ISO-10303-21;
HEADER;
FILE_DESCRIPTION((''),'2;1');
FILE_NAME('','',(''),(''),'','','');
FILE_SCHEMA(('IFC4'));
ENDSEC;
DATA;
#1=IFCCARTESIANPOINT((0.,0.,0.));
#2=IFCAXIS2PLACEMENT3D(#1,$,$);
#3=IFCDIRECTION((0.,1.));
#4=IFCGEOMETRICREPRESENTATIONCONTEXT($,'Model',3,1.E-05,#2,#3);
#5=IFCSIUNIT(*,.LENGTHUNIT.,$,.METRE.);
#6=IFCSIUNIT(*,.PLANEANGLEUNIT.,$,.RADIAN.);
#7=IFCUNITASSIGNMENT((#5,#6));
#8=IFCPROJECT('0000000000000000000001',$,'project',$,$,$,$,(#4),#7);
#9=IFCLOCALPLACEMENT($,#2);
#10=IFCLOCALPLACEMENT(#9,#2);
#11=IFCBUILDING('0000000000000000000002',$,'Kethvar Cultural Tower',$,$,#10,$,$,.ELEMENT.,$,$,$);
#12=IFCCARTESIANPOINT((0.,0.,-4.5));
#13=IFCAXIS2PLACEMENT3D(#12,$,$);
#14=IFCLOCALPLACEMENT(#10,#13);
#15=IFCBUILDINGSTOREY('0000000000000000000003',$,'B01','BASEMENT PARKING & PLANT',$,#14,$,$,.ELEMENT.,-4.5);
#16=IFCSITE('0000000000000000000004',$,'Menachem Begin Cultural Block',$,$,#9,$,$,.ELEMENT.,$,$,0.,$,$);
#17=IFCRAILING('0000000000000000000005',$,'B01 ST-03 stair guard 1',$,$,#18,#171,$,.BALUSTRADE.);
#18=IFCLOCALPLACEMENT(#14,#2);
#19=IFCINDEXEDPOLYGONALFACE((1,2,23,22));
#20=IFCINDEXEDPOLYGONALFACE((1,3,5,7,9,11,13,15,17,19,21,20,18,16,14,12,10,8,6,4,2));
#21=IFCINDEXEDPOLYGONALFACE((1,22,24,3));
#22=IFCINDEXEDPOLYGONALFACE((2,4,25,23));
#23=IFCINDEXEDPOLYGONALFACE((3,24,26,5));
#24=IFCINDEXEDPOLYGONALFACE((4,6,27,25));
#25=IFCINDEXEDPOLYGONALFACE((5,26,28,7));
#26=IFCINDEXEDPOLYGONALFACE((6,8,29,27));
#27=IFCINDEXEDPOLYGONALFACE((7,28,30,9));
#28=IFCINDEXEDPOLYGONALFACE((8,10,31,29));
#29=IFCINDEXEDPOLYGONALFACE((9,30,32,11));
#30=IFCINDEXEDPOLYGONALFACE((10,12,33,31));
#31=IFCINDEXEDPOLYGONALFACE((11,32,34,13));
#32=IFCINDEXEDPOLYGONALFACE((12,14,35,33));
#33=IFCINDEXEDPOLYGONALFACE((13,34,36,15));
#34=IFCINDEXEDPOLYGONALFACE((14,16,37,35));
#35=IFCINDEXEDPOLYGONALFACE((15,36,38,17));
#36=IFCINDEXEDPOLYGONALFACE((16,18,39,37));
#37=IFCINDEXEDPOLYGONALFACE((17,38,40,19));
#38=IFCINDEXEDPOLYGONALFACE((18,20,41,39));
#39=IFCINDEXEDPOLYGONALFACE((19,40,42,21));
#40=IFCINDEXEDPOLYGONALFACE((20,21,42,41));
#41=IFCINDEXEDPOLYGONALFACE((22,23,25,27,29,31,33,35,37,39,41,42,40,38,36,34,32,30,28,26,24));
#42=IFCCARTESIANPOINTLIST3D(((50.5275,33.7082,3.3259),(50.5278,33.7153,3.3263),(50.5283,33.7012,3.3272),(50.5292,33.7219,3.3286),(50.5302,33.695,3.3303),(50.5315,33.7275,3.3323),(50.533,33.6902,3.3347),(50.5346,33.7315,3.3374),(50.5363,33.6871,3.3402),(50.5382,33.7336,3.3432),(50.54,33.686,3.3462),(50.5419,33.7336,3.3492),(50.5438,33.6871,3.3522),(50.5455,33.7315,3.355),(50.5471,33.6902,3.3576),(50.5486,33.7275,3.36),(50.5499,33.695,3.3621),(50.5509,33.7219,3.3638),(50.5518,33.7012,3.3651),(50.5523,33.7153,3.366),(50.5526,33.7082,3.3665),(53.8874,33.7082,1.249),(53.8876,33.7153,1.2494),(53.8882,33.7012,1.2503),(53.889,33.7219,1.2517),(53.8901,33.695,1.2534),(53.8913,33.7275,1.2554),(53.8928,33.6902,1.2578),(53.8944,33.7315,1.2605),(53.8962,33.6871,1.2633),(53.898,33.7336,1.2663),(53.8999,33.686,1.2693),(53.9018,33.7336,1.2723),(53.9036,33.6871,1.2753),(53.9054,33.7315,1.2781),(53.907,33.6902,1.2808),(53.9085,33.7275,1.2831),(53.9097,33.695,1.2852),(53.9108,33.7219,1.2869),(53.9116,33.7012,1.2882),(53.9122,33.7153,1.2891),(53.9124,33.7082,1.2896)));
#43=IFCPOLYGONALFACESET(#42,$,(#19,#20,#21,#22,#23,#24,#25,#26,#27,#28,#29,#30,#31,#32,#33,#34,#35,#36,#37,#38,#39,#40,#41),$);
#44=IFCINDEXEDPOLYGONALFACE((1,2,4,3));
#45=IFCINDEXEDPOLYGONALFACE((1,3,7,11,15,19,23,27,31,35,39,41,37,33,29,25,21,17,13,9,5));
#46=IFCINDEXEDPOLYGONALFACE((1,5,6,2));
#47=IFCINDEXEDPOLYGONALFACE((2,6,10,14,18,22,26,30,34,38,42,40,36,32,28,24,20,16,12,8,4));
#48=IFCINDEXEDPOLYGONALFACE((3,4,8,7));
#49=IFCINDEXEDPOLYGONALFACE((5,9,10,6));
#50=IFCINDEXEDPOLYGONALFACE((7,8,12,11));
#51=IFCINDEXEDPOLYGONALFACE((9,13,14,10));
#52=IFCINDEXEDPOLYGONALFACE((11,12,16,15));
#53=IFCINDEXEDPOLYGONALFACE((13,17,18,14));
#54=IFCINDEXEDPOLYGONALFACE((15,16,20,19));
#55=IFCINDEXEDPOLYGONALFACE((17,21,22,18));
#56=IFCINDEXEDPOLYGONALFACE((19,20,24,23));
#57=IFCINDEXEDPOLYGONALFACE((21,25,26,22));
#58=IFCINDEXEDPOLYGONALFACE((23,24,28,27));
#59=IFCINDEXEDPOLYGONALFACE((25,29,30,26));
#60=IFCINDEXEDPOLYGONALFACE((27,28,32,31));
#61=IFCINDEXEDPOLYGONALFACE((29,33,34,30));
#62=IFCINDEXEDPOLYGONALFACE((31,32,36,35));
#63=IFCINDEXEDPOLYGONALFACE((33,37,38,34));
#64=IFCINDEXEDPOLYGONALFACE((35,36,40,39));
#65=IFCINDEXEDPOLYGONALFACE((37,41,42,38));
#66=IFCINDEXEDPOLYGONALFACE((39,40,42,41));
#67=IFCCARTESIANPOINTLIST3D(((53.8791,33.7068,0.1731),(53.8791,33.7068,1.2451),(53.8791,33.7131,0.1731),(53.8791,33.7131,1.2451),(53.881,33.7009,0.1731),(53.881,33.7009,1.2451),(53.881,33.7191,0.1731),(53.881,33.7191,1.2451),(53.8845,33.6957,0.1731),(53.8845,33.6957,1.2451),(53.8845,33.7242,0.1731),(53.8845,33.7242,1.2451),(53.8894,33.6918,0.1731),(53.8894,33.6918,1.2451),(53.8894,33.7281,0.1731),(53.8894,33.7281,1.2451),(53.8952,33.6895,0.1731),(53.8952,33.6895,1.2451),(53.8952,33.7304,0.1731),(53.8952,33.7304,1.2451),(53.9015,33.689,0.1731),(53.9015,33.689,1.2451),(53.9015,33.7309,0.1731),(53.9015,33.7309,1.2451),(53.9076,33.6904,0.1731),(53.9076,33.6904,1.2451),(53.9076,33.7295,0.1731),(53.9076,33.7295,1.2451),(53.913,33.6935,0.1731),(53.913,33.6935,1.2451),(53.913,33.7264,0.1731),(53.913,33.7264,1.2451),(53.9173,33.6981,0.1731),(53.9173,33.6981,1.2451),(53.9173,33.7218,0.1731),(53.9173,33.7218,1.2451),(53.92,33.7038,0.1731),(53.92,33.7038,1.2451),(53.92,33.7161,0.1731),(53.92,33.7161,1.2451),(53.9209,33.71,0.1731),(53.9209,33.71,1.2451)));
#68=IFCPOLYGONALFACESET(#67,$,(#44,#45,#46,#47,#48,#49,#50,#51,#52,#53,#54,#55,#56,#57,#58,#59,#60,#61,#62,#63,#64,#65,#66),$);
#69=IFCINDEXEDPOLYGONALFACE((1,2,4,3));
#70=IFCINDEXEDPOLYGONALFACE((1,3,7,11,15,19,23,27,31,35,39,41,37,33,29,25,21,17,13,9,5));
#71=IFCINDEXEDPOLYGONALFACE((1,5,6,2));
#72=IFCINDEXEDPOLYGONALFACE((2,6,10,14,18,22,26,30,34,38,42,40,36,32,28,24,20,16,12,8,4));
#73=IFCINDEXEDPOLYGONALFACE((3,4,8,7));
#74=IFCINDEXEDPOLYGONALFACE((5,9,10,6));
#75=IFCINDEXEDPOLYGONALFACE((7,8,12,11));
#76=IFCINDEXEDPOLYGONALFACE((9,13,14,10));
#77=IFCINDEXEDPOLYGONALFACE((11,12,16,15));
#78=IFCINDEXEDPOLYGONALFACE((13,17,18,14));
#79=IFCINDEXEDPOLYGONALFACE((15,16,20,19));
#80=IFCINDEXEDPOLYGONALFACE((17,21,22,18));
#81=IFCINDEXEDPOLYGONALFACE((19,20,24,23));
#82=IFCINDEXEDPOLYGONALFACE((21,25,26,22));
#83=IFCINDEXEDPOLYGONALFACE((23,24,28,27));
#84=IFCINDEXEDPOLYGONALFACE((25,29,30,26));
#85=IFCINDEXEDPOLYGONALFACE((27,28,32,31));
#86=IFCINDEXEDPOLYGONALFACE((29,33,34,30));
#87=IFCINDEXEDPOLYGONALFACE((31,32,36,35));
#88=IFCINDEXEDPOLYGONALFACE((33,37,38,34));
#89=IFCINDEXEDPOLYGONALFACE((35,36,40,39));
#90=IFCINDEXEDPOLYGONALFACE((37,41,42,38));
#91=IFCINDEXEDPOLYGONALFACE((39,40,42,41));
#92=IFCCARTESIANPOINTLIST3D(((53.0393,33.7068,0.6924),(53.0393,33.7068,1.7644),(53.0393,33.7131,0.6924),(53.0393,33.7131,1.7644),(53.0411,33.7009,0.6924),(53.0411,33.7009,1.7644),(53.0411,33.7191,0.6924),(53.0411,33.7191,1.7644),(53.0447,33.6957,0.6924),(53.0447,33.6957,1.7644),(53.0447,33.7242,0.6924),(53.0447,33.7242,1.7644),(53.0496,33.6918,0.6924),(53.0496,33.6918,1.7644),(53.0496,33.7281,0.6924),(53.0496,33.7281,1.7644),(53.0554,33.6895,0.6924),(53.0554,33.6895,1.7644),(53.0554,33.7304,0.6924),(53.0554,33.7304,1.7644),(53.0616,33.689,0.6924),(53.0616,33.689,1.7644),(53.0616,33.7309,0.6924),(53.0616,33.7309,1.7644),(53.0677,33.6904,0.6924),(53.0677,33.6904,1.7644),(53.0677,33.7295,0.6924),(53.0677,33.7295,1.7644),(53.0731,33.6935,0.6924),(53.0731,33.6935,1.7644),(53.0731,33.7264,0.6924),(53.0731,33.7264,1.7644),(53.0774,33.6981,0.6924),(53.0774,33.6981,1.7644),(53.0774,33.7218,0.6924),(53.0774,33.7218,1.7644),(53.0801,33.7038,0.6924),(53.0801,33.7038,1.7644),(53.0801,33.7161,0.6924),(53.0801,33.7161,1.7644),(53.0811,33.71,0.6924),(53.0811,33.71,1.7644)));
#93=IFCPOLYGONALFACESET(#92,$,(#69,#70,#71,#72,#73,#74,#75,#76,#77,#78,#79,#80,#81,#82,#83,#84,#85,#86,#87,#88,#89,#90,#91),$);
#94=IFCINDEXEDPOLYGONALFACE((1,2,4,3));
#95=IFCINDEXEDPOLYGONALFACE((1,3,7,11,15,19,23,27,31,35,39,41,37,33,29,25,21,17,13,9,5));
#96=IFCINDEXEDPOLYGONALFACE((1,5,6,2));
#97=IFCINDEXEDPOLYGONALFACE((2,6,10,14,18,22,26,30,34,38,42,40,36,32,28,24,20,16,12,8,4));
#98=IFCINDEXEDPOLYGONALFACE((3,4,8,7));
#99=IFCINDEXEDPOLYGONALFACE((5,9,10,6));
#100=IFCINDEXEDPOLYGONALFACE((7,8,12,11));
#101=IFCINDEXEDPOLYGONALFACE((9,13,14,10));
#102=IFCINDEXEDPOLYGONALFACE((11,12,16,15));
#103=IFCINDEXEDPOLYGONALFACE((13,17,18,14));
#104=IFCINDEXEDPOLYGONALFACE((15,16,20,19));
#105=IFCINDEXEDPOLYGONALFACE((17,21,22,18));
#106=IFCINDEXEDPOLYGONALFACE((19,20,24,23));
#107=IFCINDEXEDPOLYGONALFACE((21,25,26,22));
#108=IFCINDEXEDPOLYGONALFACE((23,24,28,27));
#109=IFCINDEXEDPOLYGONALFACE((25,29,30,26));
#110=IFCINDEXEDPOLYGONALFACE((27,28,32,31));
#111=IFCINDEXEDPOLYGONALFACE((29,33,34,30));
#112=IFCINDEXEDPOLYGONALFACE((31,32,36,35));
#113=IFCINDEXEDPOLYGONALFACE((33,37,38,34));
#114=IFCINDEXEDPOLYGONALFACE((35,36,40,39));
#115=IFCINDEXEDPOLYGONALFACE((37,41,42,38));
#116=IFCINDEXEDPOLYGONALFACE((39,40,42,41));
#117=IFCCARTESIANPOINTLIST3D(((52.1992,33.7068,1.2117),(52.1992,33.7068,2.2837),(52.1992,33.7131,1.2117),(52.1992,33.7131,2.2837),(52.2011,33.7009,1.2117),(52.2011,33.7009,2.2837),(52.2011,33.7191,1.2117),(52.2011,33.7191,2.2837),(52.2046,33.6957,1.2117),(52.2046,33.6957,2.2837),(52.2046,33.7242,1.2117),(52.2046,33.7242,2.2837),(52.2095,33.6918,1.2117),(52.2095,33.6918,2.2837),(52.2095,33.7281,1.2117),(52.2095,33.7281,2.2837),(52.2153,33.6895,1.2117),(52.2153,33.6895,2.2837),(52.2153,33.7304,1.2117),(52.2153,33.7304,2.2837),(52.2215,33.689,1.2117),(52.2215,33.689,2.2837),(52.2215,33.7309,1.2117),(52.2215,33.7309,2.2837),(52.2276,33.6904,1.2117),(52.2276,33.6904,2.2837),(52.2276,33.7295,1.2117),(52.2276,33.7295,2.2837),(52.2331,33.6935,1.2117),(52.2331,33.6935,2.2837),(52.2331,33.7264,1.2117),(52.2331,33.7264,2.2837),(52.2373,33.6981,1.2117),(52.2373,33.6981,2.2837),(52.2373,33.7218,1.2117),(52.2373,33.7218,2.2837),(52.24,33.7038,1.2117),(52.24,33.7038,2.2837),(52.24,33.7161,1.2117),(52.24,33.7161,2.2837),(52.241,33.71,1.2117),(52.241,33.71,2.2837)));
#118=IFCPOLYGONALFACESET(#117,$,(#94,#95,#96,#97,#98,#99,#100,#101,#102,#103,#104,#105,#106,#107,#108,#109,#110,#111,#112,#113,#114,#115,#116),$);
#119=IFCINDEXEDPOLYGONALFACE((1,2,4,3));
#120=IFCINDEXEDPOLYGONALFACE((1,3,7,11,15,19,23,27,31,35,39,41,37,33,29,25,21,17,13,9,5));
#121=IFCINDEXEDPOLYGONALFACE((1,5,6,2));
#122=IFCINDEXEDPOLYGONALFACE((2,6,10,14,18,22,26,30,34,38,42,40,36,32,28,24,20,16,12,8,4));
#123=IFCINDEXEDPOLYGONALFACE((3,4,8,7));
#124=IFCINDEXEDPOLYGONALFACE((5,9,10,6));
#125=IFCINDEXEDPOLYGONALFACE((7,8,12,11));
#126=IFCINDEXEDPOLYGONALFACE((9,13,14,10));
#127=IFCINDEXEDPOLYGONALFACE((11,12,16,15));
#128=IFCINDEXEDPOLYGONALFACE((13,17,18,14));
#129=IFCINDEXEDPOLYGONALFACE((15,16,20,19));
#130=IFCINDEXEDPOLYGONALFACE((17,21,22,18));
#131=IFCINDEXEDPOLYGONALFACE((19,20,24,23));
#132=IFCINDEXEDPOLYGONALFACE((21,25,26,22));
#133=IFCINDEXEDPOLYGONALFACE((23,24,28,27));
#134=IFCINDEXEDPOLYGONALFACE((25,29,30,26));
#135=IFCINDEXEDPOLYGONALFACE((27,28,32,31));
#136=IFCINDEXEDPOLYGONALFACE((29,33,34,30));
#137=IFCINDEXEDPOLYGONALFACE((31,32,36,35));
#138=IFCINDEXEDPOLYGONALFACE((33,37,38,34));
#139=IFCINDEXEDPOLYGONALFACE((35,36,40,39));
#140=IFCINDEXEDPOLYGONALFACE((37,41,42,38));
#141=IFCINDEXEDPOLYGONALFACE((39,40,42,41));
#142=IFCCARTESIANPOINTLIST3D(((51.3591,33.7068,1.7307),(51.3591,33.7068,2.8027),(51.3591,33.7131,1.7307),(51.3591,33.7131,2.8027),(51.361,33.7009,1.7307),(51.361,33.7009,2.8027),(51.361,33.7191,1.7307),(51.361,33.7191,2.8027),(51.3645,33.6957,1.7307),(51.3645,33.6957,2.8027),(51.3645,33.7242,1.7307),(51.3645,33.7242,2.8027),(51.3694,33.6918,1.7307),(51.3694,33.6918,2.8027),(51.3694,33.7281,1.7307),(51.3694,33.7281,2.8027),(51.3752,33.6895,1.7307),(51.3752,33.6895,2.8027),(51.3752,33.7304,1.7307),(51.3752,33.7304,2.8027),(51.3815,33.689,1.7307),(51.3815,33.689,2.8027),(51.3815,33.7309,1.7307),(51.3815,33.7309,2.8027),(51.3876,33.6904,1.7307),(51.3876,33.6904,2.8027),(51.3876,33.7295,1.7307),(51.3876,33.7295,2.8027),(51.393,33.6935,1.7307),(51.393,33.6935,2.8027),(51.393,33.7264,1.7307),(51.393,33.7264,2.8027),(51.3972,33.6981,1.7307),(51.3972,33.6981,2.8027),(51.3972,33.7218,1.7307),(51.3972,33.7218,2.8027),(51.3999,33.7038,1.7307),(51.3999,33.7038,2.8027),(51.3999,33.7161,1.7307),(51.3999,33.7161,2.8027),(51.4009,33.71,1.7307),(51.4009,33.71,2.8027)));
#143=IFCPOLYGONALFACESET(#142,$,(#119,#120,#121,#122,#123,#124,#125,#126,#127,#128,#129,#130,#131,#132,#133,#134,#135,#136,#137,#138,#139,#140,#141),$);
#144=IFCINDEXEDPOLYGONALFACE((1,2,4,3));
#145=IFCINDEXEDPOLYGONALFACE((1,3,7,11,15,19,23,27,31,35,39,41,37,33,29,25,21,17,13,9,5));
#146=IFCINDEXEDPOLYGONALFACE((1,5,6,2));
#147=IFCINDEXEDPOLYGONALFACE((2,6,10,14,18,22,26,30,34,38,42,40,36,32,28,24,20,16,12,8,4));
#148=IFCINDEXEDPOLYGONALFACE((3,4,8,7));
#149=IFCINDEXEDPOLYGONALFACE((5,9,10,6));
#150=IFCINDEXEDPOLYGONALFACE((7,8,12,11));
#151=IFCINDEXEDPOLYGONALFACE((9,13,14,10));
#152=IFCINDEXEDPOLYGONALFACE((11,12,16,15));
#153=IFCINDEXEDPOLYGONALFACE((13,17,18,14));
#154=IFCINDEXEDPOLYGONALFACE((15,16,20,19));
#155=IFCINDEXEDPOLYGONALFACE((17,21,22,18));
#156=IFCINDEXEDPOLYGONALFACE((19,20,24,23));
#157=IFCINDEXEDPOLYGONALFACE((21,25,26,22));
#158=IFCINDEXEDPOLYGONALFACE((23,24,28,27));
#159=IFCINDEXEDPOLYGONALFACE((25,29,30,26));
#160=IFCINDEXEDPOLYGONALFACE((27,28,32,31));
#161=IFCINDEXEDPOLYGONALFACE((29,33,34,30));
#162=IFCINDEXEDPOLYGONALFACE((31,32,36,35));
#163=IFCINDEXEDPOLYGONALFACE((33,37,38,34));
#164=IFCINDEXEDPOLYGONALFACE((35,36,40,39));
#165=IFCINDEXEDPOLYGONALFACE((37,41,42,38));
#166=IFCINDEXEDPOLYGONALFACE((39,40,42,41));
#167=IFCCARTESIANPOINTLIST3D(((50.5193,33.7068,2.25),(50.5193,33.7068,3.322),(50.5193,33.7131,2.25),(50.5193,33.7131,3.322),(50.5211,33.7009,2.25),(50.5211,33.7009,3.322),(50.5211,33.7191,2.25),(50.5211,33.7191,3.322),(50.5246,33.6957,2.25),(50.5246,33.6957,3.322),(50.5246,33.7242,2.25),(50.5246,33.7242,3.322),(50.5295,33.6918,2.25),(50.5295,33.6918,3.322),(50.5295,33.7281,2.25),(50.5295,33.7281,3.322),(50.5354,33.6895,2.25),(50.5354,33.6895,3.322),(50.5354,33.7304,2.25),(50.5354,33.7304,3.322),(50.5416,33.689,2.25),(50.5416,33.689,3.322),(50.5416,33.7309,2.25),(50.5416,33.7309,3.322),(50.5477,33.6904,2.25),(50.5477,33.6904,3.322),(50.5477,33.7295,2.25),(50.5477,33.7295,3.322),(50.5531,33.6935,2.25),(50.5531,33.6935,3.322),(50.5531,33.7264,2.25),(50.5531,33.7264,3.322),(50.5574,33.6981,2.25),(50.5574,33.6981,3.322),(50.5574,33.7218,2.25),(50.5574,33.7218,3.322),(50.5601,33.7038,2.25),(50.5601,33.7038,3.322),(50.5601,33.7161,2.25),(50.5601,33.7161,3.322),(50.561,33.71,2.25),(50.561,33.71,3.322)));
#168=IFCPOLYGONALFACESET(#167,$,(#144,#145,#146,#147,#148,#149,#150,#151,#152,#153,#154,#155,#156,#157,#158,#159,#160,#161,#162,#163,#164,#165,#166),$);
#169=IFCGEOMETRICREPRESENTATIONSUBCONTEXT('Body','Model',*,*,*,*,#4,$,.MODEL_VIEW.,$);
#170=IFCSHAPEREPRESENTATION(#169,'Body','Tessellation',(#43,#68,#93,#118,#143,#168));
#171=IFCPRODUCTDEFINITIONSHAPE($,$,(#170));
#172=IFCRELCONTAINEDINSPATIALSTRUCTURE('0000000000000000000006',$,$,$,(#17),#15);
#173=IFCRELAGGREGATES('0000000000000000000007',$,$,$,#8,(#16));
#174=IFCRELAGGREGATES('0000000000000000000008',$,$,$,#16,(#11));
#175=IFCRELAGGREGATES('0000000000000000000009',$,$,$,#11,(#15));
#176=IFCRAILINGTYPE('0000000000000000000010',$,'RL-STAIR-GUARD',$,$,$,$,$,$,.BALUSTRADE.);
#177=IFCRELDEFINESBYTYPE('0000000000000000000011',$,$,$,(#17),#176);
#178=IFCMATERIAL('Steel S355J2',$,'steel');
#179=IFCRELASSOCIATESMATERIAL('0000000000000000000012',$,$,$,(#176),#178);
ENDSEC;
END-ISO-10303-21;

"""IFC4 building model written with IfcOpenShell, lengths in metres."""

from ifc_helpers import new_model, si_unit, direction, frame, origin, origin_2d, place, context, subcontext, project, spatial, circle, extrude, material, type_object, element, save


model = new_model("IFC4")

# Units and contexts
model_context = context("Model", 3, precision=1e-05, world=origin(), true_north=direction((0.0, 1.0)))
body_context = subcontext(model_context, "Body", "Model", "MODEL_VIEW")
ifc_project = project(units=[si_unit("LENGTHUNIT", "METRE"), si_unit("PLANEANGLEUNIT", "RADIAN")], contexts=[model_context])

# Site, building, storey
site_placement = place(None, origin())
site = spatial("IfcSite", under=ifc_project, at=site_placement, Name="Menachem Begin Cultural Block", CompositionType="ELEMENT", RefElevation=0.0)
building_placement = place(site_placement, origin())
building = spatial("IfcBuilding", under=site, at=building_placement, Name="Kethvar Cultural Tower", CompositionType="ELEMENT")
storey_placement = place(building_placement, frame((0.0, 0.0, -4.5)))
storey = spatial("IfcBuildingStorey", under=building, at=storey_placement, Name="B01", Description="BASEMENT PARKING & PLANT", CompositionType="ELEMENT", Elevation=-4.5)

# Shared definitions
ifc_material_1 = material(Name="Steel S355J2", Category="steel")

# Railing
railing_type_1 = type_object("IfcRailingType", Name="RL-STAIR-GUARD", PredefinedType="BALUSTRADE", material=ifc_material_1)
railing_1_placement = place(storey_placement, frame((53.8999, 33.71, 0.1731)))
element("IfcRailing", 1, at=railing_1_placement, inside=storey, type_object=railing_type_1, Name="B01 ST-03 stair guard 1", PredefinedType="BALUSTRADE", context=body_context, shape_type="SweptSolid", body=[
    extrude(circle(Radius=0.0239, at=origin_2d()), frame((0.0, 0.0, 1.0962), z_axis=(-0.850606, 0.0, 0.525803), x_axis=(0.0, -1.0, 0.0)), (0.0, 0.0, 1.0), 3.95),
    extrude(circle(Radius=0.021, at=origin_2d()), origin(), (0.0, 0.0, 1.0), 1.072),
    extrude(circle(Radius=0.021, at=origin_2d()), frame((-0.8398, 0.0, 0.5193)), (0.0, 0.0, 1.0), 1.072),
    extrude(circle(Radius=0.021, at=origin_2d()), frame((-1.6799, 0.0, 1.0386)), (0.0, 0.0, 1.0), 1.072),
    extrude(circle(Radius=0.021, at=origin_2d()), frame((-2.52, 0.0, 1.5576)), (0.0, 0.0, 1.0), 1.072),
    extrude(circle(Radius=0.021, at=origin_2d()), frame((-3.3599, 0.0, 2.0769)), (0.0, 0.0, 1.0), 1.072),
])

save(model, "model.ifc")
